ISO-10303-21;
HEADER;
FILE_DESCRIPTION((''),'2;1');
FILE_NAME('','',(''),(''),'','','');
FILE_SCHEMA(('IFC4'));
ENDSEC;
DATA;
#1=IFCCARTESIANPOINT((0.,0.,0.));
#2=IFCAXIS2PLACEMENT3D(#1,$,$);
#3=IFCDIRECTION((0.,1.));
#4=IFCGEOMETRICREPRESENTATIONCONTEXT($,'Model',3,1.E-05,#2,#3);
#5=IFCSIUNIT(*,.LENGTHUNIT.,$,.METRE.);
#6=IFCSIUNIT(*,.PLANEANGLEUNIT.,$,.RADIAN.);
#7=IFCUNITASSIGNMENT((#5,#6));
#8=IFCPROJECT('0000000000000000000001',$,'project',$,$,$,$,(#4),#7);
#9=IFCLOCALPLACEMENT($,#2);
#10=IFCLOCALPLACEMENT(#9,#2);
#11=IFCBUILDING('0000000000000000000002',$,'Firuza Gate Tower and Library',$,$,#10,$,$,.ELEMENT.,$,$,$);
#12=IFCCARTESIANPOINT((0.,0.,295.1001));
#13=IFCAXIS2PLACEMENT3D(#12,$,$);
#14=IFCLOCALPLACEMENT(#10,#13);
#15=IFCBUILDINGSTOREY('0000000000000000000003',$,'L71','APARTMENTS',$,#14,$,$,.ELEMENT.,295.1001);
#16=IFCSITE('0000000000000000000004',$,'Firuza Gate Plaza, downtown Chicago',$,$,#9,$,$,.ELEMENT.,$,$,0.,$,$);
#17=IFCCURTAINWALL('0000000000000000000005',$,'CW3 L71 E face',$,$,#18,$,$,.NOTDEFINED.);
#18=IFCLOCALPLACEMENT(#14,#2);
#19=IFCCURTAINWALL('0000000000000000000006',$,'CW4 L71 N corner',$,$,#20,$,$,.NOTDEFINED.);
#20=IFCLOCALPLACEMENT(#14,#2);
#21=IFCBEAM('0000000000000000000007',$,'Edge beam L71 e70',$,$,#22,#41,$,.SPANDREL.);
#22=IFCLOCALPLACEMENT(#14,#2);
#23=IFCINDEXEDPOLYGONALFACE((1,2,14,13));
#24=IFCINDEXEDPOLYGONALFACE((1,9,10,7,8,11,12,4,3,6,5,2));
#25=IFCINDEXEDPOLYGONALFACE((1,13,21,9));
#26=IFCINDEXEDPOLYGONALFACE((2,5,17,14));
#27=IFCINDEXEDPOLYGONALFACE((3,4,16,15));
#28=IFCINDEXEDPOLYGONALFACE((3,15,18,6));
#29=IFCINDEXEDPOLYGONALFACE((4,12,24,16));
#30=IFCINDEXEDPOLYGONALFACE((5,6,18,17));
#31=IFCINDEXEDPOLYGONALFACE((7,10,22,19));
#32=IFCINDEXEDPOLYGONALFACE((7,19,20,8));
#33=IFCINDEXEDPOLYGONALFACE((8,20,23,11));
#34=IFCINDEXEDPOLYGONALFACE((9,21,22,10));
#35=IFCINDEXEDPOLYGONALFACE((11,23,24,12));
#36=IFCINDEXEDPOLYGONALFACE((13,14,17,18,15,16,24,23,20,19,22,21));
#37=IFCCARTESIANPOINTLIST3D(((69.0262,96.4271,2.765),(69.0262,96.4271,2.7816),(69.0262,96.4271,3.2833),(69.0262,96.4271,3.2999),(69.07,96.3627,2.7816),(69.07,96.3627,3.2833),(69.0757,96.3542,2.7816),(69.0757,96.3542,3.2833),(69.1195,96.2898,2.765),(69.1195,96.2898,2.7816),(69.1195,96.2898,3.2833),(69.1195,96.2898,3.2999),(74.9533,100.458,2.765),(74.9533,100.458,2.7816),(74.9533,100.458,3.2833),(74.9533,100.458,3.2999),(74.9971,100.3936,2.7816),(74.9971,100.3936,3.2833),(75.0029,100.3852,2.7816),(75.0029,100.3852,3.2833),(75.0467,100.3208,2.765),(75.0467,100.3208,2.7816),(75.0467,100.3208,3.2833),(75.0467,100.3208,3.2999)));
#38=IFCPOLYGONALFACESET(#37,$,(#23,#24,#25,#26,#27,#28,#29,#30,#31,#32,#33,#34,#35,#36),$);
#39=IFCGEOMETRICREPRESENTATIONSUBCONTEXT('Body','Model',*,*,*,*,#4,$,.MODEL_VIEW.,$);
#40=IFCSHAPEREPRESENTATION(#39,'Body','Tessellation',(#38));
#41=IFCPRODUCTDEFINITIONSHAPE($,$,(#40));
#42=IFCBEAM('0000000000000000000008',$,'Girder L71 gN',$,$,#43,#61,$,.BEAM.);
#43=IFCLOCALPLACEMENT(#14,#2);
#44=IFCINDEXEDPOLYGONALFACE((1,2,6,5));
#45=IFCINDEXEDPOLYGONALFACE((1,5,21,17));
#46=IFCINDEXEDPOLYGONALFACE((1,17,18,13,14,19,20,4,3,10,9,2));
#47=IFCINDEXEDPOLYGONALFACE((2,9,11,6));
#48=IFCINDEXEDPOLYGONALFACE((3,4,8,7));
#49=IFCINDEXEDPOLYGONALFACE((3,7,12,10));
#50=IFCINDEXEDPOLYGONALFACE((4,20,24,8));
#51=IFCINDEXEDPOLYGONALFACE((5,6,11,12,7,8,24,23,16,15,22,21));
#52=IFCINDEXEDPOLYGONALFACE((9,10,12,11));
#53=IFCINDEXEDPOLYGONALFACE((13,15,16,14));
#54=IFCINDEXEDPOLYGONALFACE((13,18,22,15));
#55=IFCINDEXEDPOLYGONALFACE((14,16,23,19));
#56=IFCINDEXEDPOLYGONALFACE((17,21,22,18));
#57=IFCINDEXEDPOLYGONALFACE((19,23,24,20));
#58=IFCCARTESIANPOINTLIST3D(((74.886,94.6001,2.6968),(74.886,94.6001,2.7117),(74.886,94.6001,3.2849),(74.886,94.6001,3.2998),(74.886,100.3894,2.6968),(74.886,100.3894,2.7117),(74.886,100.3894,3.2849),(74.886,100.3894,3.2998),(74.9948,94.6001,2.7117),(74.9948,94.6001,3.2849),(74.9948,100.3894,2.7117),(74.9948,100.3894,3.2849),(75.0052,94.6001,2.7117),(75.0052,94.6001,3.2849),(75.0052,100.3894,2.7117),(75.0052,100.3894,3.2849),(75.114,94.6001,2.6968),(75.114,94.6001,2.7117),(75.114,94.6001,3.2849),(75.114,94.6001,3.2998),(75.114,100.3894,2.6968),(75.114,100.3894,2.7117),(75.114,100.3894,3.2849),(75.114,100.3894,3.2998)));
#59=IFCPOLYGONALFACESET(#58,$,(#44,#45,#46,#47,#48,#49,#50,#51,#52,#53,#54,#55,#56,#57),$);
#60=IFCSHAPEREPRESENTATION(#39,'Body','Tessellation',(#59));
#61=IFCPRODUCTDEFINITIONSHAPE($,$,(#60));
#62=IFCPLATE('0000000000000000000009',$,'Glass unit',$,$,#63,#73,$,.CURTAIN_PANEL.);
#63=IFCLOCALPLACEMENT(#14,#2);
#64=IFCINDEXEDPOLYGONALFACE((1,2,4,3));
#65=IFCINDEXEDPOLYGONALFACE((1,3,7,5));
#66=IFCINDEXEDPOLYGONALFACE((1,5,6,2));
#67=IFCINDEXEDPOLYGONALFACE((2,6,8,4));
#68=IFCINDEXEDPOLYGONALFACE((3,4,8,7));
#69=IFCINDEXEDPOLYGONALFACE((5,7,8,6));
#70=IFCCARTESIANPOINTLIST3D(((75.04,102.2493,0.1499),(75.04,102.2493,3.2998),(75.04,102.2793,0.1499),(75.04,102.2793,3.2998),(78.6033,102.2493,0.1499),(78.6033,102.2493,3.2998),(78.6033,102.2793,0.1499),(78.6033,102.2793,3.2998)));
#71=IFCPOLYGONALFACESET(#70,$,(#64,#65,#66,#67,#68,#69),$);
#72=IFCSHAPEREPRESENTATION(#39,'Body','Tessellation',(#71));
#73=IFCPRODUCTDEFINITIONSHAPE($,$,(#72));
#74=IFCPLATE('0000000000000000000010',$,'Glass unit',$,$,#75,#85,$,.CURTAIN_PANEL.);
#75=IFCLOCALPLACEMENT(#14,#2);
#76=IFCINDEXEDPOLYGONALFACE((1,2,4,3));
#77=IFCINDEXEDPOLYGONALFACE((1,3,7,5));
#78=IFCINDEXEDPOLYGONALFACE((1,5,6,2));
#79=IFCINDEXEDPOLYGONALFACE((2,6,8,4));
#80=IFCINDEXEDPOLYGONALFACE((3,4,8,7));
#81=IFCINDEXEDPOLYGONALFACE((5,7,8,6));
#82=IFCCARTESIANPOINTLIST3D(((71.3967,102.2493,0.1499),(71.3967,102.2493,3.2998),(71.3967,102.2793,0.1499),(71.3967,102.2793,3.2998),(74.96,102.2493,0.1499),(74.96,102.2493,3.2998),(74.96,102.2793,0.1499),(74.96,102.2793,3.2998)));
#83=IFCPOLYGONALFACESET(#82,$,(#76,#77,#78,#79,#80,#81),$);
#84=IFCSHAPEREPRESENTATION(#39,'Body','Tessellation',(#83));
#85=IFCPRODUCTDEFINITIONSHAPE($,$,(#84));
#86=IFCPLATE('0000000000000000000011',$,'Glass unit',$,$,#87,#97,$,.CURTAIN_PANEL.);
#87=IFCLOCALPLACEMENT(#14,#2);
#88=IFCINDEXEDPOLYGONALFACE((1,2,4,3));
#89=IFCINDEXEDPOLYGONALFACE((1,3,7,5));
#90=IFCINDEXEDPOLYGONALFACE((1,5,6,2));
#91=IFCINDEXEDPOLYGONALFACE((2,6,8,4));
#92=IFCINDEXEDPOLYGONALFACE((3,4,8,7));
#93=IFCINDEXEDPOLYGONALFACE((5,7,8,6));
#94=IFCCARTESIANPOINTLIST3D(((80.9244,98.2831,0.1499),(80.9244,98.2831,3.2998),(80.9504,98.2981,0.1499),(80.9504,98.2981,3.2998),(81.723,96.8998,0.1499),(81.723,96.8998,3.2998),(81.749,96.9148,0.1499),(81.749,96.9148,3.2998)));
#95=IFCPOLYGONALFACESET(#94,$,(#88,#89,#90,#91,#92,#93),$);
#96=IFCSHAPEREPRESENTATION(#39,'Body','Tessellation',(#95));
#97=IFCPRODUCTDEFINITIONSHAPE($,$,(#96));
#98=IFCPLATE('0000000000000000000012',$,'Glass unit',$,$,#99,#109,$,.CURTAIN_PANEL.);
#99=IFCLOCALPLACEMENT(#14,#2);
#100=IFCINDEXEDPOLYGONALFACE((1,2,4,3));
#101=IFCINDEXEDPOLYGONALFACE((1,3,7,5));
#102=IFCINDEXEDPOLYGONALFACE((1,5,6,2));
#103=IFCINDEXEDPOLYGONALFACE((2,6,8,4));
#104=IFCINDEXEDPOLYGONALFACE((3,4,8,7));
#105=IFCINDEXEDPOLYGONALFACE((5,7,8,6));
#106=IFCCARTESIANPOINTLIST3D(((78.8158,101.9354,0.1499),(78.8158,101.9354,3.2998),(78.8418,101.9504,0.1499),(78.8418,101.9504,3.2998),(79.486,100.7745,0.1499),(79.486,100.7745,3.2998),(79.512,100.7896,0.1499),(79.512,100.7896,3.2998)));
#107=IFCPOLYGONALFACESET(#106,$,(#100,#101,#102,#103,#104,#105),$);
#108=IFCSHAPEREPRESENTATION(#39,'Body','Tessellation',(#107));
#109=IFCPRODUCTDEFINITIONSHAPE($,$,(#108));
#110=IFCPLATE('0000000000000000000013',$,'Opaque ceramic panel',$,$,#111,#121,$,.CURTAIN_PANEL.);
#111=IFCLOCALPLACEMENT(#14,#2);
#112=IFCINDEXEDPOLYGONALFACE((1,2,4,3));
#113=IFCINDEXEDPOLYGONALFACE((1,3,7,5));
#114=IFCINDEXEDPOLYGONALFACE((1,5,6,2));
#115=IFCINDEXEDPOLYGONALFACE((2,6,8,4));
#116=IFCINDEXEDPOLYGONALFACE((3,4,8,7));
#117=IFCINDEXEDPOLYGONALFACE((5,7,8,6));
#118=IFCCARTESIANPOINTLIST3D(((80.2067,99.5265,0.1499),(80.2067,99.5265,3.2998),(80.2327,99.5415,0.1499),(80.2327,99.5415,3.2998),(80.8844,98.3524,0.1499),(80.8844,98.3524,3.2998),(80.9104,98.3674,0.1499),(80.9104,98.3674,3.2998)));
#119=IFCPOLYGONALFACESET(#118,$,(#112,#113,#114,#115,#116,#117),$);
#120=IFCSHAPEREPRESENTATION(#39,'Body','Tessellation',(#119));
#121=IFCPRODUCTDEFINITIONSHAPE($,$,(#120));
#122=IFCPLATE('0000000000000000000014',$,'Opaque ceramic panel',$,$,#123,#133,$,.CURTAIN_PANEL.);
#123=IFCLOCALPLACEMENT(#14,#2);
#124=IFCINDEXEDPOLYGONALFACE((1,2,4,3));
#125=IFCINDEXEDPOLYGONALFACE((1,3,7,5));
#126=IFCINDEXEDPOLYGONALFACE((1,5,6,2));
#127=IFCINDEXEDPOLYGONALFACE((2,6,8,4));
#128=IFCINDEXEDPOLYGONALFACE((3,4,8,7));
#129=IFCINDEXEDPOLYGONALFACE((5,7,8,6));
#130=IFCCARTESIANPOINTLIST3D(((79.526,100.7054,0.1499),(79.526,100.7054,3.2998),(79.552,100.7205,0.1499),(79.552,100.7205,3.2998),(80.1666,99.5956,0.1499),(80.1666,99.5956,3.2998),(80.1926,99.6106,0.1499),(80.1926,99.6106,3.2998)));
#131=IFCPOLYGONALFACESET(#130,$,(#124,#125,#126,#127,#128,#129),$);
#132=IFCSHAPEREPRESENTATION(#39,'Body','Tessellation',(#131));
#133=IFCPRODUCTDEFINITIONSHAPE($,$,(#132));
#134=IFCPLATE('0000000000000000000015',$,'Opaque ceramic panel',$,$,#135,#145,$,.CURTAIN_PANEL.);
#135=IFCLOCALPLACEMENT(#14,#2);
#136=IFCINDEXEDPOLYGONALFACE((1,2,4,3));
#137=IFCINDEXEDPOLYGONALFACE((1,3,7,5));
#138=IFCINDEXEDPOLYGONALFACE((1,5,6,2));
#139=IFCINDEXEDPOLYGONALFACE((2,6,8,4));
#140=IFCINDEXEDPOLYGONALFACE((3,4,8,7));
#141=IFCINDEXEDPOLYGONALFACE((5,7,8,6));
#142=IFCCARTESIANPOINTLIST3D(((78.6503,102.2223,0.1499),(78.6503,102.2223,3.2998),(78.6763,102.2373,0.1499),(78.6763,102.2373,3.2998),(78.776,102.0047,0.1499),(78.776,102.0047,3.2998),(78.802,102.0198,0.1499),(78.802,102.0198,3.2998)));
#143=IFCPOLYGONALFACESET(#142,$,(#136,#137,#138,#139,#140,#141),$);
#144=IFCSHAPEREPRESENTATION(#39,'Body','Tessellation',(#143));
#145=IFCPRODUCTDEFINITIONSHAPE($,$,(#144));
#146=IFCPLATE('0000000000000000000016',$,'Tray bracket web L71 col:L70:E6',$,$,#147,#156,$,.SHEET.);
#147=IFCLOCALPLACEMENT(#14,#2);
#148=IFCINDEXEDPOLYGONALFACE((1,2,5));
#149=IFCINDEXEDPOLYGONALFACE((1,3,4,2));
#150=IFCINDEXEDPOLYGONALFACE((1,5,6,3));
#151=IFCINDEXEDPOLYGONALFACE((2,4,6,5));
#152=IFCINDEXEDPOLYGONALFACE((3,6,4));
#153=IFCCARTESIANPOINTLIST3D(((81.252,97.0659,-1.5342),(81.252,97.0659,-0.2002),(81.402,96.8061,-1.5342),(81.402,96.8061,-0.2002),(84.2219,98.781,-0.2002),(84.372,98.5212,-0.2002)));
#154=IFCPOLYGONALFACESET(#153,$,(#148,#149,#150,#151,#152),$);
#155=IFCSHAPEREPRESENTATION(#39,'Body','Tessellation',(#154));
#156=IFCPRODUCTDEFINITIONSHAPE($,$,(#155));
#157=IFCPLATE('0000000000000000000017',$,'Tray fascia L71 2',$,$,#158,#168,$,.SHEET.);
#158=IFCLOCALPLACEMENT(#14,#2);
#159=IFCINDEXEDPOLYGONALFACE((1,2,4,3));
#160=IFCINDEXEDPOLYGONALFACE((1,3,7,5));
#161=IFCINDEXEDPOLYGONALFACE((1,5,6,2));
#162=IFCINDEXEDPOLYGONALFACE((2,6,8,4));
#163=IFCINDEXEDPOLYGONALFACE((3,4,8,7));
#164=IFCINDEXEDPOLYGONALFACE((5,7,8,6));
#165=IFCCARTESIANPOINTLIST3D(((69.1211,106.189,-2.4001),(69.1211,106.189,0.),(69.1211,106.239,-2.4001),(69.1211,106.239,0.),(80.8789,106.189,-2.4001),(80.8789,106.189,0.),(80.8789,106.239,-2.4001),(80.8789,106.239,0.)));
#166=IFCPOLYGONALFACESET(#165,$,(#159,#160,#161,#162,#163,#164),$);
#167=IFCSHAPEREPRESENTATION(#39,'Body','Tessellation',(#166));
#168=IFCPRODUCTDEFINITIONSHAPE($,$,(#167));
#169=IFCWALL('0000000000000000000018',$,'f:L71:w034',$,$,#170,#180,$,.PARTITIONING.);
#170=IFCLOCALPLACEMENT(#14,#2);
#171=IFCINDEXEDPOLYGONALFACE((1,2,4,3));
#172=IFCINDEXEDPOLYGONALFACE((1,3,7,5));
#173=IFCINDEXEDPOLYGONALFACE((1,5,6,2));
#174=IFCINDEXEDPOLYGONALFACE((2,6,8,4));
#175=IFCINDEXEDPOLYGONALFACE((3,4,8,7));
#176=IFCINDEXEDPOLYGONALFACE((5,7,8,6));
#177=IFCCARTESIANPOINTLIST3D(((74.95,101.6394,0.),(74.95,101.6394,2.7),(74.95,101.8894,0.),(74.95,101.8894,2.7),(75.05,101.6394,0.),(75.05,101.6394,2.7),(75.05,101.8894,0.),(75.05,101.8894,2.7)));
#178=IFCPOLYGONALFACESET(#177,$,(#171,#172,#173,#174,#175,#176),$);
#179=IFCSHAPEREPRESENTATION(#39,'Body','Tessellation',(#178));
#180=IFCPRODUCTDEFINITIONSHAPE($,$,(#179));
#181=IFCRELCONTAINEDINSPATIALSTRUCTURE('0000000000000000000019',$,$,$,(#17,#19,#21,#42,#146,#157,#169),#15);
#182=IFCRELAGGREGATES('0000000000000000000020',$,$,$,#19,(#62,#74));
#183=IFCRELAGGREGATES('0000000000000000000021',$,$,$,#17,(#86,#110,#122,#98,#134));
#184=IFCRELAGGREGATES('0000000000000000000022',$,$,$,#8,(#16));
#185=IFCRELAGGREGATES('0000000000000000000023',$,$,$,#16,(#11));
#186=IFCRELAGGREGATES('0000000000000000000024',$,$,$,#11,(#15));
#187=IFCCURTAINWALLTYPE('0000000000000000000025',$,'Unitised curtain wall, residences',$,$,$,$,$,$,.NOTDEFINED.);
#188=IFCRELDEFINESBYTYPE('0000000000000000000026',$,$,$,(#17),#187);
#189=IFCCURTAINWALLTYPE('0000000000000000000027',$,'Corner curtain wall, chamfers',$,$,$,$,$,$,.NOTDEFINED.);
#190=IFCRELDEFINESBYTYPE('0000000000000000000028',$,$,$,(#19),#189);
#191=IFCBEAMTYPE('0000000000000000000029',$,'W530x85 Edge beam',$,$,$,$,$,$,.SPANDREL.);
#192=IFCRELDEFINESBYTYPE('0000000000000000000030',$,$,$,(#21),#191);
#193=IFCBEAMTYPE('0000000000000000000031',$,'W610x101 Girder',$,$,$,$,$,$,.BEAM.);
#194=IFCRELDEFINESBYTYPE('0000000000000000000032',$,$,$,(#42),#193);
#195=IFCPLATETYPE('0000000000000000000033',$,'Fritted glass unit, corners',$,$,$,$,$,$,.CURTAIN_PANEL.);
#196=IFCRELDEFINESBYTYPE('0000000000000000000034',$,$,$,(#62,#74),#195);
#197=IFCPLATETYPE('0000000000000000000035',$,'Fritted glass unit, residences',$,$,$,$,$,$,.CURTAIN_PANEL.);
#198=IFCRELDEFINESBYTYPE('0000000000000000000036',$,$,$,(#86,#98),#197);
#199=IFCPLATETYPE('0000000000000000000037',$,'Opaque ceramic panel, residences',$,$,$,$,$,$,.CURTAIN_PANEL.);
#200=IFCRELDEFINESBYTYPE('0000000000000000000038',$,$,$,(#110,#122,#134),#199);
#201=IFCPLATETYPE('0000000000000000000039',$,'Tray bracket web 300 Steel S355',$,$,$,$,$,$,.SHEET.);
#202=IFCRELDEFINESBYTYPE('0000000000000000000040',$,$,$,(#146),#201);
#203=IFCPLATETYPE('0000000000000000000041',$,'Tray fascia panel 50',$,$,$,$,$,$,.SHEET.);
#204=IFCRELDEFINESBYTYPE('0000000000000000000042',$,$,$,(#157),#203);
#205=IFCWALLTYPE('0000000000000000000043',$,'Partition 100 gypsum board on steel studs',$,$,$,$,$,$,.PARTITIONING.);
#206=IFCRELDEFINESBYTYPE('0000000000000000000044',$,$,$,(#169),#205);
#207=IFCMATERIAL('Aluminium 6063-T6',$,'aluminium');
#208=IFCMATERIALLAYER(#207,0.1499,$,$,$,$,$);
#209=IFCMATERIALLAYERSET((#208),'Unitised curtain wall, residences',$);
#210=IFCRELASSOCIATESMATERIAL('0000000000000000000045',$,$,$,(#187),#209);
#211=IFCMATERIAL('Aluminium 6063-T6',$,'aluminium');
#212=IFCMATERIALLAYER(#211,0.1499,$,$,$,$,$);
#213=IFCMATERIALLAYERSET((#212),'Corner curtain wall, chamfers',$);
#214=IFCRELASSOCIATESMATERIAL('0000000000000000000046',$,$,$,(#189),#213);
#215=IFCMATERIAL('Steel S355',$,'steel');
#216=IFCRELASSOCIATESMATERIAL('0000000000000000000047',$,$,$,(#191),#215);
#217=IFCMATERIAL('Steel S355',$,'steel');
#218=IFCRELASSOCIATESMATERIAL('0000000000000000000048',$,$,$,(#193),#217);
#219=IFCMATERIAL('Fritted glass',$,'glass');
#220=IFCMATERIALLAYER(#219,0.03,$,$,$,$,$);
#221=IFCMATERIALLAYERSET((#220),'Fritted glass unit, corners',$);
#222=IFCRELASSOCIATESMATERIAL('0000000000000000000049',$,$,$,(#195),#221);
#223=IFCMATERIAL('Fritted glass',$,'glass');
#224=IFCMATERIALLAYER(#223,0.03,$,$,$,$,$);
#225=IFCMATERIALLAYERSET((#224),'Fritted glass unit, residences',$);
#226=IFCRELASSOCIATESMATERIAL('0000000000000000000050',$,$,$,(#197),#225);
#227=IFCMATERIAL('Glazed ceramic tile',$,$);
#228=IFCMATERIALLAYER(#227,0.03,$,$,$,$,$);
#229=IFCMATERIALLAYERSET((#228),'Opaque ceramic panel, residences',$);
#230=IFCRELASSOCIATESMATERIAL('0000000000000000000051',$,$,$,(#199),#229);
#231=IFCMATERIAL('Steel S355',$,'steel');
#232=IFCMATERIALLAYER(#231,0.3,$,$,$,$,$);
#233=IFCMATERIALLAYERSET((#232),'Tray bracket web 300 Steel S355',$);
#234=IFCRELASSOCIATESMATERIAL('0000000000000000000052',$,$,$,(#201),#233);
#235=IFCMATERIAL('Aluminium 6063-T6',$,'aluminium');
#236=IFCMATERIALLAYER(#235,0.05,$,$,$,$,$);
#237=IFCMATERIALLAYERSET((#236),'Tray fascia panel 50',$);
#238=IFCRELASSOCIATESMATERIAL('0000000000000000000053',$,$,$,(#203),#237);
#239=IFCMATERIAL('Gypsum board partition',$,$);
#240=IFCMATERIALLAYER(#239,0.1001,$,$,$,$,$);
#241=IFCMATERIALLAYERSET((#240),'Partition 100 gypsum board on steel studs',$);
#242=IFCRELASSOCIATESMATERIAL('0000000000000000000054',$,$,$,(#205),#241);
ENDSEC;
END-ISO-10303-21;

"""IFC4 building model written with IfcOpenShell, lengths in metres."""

from ifc_helpers import new_model, si_unit, direction, frame, frame_2d, origin, origin_2d, place, context, subcontext, project, spatial, polyline, rectangle, i_section, outline, extrude, material, layer, layer_set, material_profile, profile_set, type_object, element, aggregate, save


model = new_model("IFC4")

# Units and contexts
model_context = context("Model", 3, precision=1e-05, world=origin(), true_north=direction((0.0, 1.0)))
body_context = subcontext(model_context, "Body", "Model", "MODEL_VIEW")
ifc_project = project(units=[si_unit("LENGTHUNIT", "METRE"), si_unit("PLANEANGLEUNIT", "RADIAN")], contexts=[model_context])

# Site, building, storey
site_placement = place(None, origin())
site = spatial("IfcSite", under=ifc_project, at=site_placement, Name="Firuza Gate Plaza, downtown Chicago", CompositionType="ELEMENT", RefElevation=0.0)
building_placement = place(site_placement, origin())
building = spatial("IfcBuilding", under=site, at=building_placement, Name="Firuza Gate Tower and Library", CompositionType="ELEMENT")
storey_placement = place(building_placement, frame((0.0, 0.0, 295.1001)))
storey = spatial("IfcBuildingStorey", under=building, at=storey_placement, Name="L71", Description="APARTMENTS", CompositionType="ELEMENT", Elevation=295.1001)

# Curtain walls
ifc_material_1 = material(Name="Aluminium 6063-T6", Category="aluminium")
ifc_layer_1 = layer(ifc_material_1, 0.1499)
ifc_layer_set_1 = layer_set([ifc_layer_1], Name="Unitised curtain wall, residences")
curtain_wall_type_1 = type_object("IfcCurtainWallType", Name="Unitised curtain wall, residences", PredefinedType="NOTDEFINED", material=ifc_layer_set_1)
placement = place(storey_placement, origin())
curtain_wall_1 = element("IfcCurtainWall", 1, at=placement, inside=storey, type_object=curtain_wall_type_1, Name="CW3 L71 E face", PredefinedType="NOTDEFINED")
ifc_material_2 = material(Name="Aluminium 6063-T6", Category="aluminium")
ifc_layer_2 = layer(ifc_material_2, 0.1499)
ifc_layer_set_2 = layer_set([ifc_layer_2], Name="Corner curtain wall, chamfers")
curtain_wall_type_2 = type_object("IfcCurtainWallType", Name="Corner curtain wall, chamfers", PredefinedType="NOTDEFINED", material=ifc_layer_set_2)
curtain_wall_2 = element("IfcCurtainWall", 2, at=placement, inside=storey, type_object=curtain_wall_type_2, Name="CW4 L71 N corner", PredefinedType="NOTDEFINED")

# Beams
ifc_material_3 = material(Name="Steel S355", Category="steel")
ifc_material_profile_1 = material_profile(ifc_material_3, i_section(OverallWidth=0.166, OverallDepth=0.5349, WebThickness=0.0103, FlangeThickness=0.0166, at=origin_2d()))
ifc_profile_set_1 = profile_set([ifc_material_profile_1], Name="Steel S355")
beam_type_1 = type_object("IfcBeamType", Name="W530x85 Edge beam", PredefinedType="SPANDREL", material=ifc_profile_set_1)
beam_1_placement = place(storey_placement, frame((75.0, 100.3894, 3.0325), z_axis=(-0.826895, -0.562356, 0.0), x_axis=(0.562356, -0.826895, 0.0)))
element("IfcBeam", 3, at=beam_1_placement, inside=storey, type_object=beam_type_1, Name="Edge beam L71 e70", PredefinedType="SPANDREL", context=body_context, shape_type="SweptSolid", body=[
    extrude(i_section(OverallWidth=0.166, OverallDepth=0.5349, WebThickness=0.0103, FlangeThickness=0.0166, at=origin_2d()), origin(), (0.0, 0.0, 1.0), 7.168),
])
ifc_material_4 = material(Name="Steel S355", Category="steel")
ifc_material_profile_2 = material_profile(ifc_material_4, i_section(OverallWidth=0.228, OverallDepth=0.603, WebThickness=0.0105, FlangeThickness=0.0149, at=origin_2d()))
ifc_profile_set_2 = profile_set([ifc_material_profile_2], Name="Steel S355")
beam_type_2 = type_object("IfcBeamType", Name="W610x101 Girder", PredefinedType="BEAM", material=ifc_profile_set_2)
beam_2_placement = place(storey_placement, frame((75.0, 100.3894, 2.9983), z_axis=(0.0, -1.0, 0.0), x_axis=(1.0, 0.0, 0.0)))
element("IfcBeam", 4, at=beam_2_placement, inside=storey, type_object=beam_type_2, Name="Girder L71 gN", PredefinedType="BEAM", context=body_context, shape_type="SweptSolid", body=[
    extrude(i_section(OverallWidth=0.228, OverallDepth=0.603, WebThickness=0.0105, FlangeThickness=0.0149, at=origin_2d()), origin(), (0.0, 0.0, 1.0), 5.7893),
])

# Plates
ifc_material_5 = material(Name="Fritted glass", Category="glass")
ifc_layer_3 = layer(ifc_material_5, 0.03)
ifc_layer_set_3 = layer_set([ifc_layer_3], Name="Fritted glass unit, corners")
plate_type_1 = type_object("IfcPlateType", Name="Fritted glass unit, corners", PredefinedType="CURTAIN_PANEL", material=ifc_layer_set_3)
plate_1_placement = place(storey_placement, frame((78.6033, 102.2793, 0.1499), z_axis=(0.0, 1.0, 0.0), x_axis=(-1.0, 0.0, 0.0)))
plate_1 = element("IfcPlate", 5, at=plate_1_placement, type_object=plate_type_1, Name="Glass unit", PredefinedType="CURTAIN_PANEL", context=body_context, shape_type="SweptSolid", body=[
    extrude(outline(polyline([(0.0, 0.0), (3.5632, 0.0), (3.5632, 3.1499), (0.0, 3.1499), (0.0, 0.0)])), origin(), (0.0, 0.0, -1.0), 0.03),
])
plate_2_placement = place(storey_placement, frame((74.96, 102.2793, 0.1499), z_axis=(0.0, 1.0, 0.0), x_axis=(-1.0, 0.0, 0.0)))
plate_2 = element("IfcPlate", 6, at=plate_2_placement, type_object=plate_type_1, Name="Glass unit", PredefinedType="CURTAIN_PANEL", context=body_context, shape_type="SweptSolid", body=[
    extrude(outline(polyline([(0.0, 0.0), (3.5632, 0.0), (3.5632, 3.1499), (0.0, 3.1499), (0.0, 0.0)])), origin(), (0.0, 0.0, -1.0), 0.03),
])
aggregate(curtain_wall_2, [plate_1, plate_2])
ifc_material_6 = material(Name="Fritted glass", Category="glass")
ifc_layer_4 = layer(ifc_material_6, 0.03)
ifc_layer_set_4 = layer_set([ifc_layer_4], Name="Fritted glass unit, residences")
plate_type_2 = type_object("IfcPlateType", Name="Fritted glass unit, residences", PredefinedType="CURTAIN_PANEL", material=ifc_layer_set_4)
plate_3_placement = place(storey_placement, frame((81.749, 96.9148, 0.1499), z_axis=(0.866043, 0.499969, 0.0), x_axis=(-0.499969, 0.866043, 0.0)))
plate_3 = element("IfcPlate", 7, at=plate_3_placement, type_object=plate_type_2, Name="Glass unit", PredefinedType="CURTAIN_PANEL", context=body_context, shape_type="SweptSolid", body=[
    extrude(outline(polyline([(0.0, 0.0), (1.5973, 0.0), (1.5973, 3.1499), (0.0, 3.1499), (0.0, 0.0)])), origin(), (0.0, 0.0, -1.0), 0.03),
])
plate_4_placement = place(storey_placement, frame((79.512, 100.7896, 0.1499), z_axis=(0.866049, 0.499959, 0.0), x_axis=(-0.499959, 0.866049, 0.0)))
plate_4 = element("IfcPlate", 8, at=plate_4_placement, type_object=plate_type_2, Name="Glass unit", PredefinedType="CURTAIN_PANEL", context=body_context, shape_type="SweptSolid", body=[
    extrude(outline(polyline([(0.0, 0.0), (1.3404, 0.0), (1.3404, 3.1499), (0.0, 3.1499), (0.0, 0.0)])), origin(), (0.0, 0.0, -1.0), 0.03),
])
ifc_material_7 = material(Name="Glazed ceramic tile")
ifc_layer_5 = layer(ifc_material_7, 0.03)
ifc_layer_set_5 = layer_set([ifc_layer_5], Name="Opaque ceramic panel, residences")
plate_type_3 = type_object("IfcPlateType", Name="Opaque ceramic panel, residences", PredefinedType="CURTAIN_PANEL", material=ifc_layer_set_5)
plate_5_placement = place(storey_placement, frame((80.9104, 98.3674, 0.1499), z_axis=(0.866063, 0.499936, 0.0), x_axis=(-0.499936, 0.866063, 0.0)))
plate_5 = element("IfcPlate", 9, at=plate_5_placement, type_object=plate_type_3, Name="Opaque ceramic panel", PredefinedType="CURTAIN_PANEL", context=body_context, shape_type="SweptSolid", body=[
    extrude(outline(polyline([(0.0, 0.0), (1.3556, 0.0), (1.3556, 3.1499), (0.0, 3.1499), (0.0, 0.0)])), origin(), (0.0, 0.0, -1.0), 0.03),
])
plate_6_placement = place(storey_placement, frame((80.1926, 99.6106, 0.1499), z_axis=(0.866078, 0.499909, 0.0), x_axis=(-0.499909, 0.866078, 0.0)))
plate_6 = element("IfcPlate", 10, at=plate_6_placement, type_object=plate_type_3, Name="Opaque ceramic panel", PredefinedType="CURTAIN_PANEL", context=body_context, shape_type="SweptSolid", body=[
    extrude(outline(polyline([(0.0, 0.0), (1.2815, 0.0), (1.2815, 3.1499), (0.0, 3.1499), (0.0, 0.0)])), origin(), (0.0, 0.0, -1.0), 0.03),
])
plate_7_placement = place(storey_placement, frame((78.802, 102.0198, 0.1499), z_axis=(0.865781, 0.500423, 0.0), x_axis=(-0.500423, 0.865781, 0.0)))
plate_7 = element("IfcPlate", 11, at=plate_7_placement, type_object=plate_type_3, Name="Opaque ceramic panel", PredefinedType="CURTAIN_PANEL", context=body_context, shape_type="SweptSolid", body=[
    extrude(outline(polyline([(0.0, 0.0), (0.2513, 0.0), (0.2513, 3.1499), (0.0, 3.1499), (0.0, 0.0)])), origin(), (0.0, 0.0, -1.0), 0.03),
])
aggregate(curtain_wall_1, [plate_3, plate_5, plate_6, plate_4, plate_7])

# Plates
ifc_material_8 = material(Name="Steel S355", Category="steel")
ifc_layer_6 = layer(ifc_material_8, 0.3)
ifc_layer_set_6 = layer_set([ifc_layer_6], Name="Tray bracket web 300 Steel S355")
plate_type_4 = type_object("IfcPlateType", Name="Tray bracket web 300 Steel S355", PredefinedType="SHEET", material=ifc_layer_set_6)
plate_8_placement = place(storey_placement, frame((81.252, 97.0659, -0.2002), z_axis=(-0.500082, 0.865978, 0.0), x_axis=(0.865978, 0.500082, 0.0)))
element("IfcPlate", 12, at=plate_8_placement, inside=storey, type_object=plate_type_4, Name="Tray bracket web L71 col:L70:E6", PredefinedType="SHEET", context=body_context, shape_type="SweptSolid", body=[
    extrude(outline(polyline([(0.0, 0.0), (3.4296, 0.0), (0.0, 1.334), (0.0, 0.0)])), origin(), (0.0, 0.0, -1.0), 0.3),
])
ifc_material_9 = material(Name="Aluminium 6063-T6", Category="aluminium")
ifc_layer_7 = layer(ifc_material_9, 0.05)
ifc_layer_set_7 = layer_set([ifc_layer_7], Name="Tray fascia panel 50")
plate_type_5 = type_object("IfcPlateType", Name="Tray fascia panel 50", PredefinedType="SHEET", material=ifc_layer_set_7)
plate_9_placement = place(storey_placement, frame((80.8789, 106.239, -2.4001), z_axis=(0.0, 1.0, 0.0), x_axis=(-1.0, 0.0, 0.0)))
element("IfcPlate", 13, at=plate_9_placement, inside=storey, type_object=plate_type_5, Name="Tray fascia L71 2", PredefinedType="SHEET", context=body_context, shape_type="SweptSolid", body=[
    extrude(outline(polyline([(0.0, 0.0), (11.7578, 0.0), (11.7578, 2.4001), (0.0, 2.4001), (0.0, 0.0)])), origin(), (0.0, 0.0, -1.0), 0.05),
])

# Wall
ifc_material_10 = material(Name="Gypsum board partition")
ifc_layer_8 = layer(ifc_material_10, 0.1001)
ifc_layer_set_8 = layer_set([ifc_layer_8], Name="Partition 100 gypsum board on steel studs")
wall_type_1 = type_object("IfcWallType", Name="Partition 100 gypsum board on steel studs", PredefinedType="PARTITIONING", material=ifc_layer_set_8)
wall_1_placement = place(storey_placement, frame((75.0, 101.6394, 0.0), z_axis=(0.0, 0.0, 1.0), x_axis=(0.0, 1.0, 0.0)))
element("IfcWall", 14, at=wall_1_placement, inside=storey, type_object=wall_type_1, Name="f:L71:w034", PredefinedType="PARTITIONING", context=body_context, shape_type="SweptSolid", body=[
    extrude(rectangle(XDim=0.25, YDim=0.1001, at=frame_2d((0.125, 0.0))), origin(), (0.0, 0.0, 1.0), 2.7),
])

save(model, "model.ifc")
